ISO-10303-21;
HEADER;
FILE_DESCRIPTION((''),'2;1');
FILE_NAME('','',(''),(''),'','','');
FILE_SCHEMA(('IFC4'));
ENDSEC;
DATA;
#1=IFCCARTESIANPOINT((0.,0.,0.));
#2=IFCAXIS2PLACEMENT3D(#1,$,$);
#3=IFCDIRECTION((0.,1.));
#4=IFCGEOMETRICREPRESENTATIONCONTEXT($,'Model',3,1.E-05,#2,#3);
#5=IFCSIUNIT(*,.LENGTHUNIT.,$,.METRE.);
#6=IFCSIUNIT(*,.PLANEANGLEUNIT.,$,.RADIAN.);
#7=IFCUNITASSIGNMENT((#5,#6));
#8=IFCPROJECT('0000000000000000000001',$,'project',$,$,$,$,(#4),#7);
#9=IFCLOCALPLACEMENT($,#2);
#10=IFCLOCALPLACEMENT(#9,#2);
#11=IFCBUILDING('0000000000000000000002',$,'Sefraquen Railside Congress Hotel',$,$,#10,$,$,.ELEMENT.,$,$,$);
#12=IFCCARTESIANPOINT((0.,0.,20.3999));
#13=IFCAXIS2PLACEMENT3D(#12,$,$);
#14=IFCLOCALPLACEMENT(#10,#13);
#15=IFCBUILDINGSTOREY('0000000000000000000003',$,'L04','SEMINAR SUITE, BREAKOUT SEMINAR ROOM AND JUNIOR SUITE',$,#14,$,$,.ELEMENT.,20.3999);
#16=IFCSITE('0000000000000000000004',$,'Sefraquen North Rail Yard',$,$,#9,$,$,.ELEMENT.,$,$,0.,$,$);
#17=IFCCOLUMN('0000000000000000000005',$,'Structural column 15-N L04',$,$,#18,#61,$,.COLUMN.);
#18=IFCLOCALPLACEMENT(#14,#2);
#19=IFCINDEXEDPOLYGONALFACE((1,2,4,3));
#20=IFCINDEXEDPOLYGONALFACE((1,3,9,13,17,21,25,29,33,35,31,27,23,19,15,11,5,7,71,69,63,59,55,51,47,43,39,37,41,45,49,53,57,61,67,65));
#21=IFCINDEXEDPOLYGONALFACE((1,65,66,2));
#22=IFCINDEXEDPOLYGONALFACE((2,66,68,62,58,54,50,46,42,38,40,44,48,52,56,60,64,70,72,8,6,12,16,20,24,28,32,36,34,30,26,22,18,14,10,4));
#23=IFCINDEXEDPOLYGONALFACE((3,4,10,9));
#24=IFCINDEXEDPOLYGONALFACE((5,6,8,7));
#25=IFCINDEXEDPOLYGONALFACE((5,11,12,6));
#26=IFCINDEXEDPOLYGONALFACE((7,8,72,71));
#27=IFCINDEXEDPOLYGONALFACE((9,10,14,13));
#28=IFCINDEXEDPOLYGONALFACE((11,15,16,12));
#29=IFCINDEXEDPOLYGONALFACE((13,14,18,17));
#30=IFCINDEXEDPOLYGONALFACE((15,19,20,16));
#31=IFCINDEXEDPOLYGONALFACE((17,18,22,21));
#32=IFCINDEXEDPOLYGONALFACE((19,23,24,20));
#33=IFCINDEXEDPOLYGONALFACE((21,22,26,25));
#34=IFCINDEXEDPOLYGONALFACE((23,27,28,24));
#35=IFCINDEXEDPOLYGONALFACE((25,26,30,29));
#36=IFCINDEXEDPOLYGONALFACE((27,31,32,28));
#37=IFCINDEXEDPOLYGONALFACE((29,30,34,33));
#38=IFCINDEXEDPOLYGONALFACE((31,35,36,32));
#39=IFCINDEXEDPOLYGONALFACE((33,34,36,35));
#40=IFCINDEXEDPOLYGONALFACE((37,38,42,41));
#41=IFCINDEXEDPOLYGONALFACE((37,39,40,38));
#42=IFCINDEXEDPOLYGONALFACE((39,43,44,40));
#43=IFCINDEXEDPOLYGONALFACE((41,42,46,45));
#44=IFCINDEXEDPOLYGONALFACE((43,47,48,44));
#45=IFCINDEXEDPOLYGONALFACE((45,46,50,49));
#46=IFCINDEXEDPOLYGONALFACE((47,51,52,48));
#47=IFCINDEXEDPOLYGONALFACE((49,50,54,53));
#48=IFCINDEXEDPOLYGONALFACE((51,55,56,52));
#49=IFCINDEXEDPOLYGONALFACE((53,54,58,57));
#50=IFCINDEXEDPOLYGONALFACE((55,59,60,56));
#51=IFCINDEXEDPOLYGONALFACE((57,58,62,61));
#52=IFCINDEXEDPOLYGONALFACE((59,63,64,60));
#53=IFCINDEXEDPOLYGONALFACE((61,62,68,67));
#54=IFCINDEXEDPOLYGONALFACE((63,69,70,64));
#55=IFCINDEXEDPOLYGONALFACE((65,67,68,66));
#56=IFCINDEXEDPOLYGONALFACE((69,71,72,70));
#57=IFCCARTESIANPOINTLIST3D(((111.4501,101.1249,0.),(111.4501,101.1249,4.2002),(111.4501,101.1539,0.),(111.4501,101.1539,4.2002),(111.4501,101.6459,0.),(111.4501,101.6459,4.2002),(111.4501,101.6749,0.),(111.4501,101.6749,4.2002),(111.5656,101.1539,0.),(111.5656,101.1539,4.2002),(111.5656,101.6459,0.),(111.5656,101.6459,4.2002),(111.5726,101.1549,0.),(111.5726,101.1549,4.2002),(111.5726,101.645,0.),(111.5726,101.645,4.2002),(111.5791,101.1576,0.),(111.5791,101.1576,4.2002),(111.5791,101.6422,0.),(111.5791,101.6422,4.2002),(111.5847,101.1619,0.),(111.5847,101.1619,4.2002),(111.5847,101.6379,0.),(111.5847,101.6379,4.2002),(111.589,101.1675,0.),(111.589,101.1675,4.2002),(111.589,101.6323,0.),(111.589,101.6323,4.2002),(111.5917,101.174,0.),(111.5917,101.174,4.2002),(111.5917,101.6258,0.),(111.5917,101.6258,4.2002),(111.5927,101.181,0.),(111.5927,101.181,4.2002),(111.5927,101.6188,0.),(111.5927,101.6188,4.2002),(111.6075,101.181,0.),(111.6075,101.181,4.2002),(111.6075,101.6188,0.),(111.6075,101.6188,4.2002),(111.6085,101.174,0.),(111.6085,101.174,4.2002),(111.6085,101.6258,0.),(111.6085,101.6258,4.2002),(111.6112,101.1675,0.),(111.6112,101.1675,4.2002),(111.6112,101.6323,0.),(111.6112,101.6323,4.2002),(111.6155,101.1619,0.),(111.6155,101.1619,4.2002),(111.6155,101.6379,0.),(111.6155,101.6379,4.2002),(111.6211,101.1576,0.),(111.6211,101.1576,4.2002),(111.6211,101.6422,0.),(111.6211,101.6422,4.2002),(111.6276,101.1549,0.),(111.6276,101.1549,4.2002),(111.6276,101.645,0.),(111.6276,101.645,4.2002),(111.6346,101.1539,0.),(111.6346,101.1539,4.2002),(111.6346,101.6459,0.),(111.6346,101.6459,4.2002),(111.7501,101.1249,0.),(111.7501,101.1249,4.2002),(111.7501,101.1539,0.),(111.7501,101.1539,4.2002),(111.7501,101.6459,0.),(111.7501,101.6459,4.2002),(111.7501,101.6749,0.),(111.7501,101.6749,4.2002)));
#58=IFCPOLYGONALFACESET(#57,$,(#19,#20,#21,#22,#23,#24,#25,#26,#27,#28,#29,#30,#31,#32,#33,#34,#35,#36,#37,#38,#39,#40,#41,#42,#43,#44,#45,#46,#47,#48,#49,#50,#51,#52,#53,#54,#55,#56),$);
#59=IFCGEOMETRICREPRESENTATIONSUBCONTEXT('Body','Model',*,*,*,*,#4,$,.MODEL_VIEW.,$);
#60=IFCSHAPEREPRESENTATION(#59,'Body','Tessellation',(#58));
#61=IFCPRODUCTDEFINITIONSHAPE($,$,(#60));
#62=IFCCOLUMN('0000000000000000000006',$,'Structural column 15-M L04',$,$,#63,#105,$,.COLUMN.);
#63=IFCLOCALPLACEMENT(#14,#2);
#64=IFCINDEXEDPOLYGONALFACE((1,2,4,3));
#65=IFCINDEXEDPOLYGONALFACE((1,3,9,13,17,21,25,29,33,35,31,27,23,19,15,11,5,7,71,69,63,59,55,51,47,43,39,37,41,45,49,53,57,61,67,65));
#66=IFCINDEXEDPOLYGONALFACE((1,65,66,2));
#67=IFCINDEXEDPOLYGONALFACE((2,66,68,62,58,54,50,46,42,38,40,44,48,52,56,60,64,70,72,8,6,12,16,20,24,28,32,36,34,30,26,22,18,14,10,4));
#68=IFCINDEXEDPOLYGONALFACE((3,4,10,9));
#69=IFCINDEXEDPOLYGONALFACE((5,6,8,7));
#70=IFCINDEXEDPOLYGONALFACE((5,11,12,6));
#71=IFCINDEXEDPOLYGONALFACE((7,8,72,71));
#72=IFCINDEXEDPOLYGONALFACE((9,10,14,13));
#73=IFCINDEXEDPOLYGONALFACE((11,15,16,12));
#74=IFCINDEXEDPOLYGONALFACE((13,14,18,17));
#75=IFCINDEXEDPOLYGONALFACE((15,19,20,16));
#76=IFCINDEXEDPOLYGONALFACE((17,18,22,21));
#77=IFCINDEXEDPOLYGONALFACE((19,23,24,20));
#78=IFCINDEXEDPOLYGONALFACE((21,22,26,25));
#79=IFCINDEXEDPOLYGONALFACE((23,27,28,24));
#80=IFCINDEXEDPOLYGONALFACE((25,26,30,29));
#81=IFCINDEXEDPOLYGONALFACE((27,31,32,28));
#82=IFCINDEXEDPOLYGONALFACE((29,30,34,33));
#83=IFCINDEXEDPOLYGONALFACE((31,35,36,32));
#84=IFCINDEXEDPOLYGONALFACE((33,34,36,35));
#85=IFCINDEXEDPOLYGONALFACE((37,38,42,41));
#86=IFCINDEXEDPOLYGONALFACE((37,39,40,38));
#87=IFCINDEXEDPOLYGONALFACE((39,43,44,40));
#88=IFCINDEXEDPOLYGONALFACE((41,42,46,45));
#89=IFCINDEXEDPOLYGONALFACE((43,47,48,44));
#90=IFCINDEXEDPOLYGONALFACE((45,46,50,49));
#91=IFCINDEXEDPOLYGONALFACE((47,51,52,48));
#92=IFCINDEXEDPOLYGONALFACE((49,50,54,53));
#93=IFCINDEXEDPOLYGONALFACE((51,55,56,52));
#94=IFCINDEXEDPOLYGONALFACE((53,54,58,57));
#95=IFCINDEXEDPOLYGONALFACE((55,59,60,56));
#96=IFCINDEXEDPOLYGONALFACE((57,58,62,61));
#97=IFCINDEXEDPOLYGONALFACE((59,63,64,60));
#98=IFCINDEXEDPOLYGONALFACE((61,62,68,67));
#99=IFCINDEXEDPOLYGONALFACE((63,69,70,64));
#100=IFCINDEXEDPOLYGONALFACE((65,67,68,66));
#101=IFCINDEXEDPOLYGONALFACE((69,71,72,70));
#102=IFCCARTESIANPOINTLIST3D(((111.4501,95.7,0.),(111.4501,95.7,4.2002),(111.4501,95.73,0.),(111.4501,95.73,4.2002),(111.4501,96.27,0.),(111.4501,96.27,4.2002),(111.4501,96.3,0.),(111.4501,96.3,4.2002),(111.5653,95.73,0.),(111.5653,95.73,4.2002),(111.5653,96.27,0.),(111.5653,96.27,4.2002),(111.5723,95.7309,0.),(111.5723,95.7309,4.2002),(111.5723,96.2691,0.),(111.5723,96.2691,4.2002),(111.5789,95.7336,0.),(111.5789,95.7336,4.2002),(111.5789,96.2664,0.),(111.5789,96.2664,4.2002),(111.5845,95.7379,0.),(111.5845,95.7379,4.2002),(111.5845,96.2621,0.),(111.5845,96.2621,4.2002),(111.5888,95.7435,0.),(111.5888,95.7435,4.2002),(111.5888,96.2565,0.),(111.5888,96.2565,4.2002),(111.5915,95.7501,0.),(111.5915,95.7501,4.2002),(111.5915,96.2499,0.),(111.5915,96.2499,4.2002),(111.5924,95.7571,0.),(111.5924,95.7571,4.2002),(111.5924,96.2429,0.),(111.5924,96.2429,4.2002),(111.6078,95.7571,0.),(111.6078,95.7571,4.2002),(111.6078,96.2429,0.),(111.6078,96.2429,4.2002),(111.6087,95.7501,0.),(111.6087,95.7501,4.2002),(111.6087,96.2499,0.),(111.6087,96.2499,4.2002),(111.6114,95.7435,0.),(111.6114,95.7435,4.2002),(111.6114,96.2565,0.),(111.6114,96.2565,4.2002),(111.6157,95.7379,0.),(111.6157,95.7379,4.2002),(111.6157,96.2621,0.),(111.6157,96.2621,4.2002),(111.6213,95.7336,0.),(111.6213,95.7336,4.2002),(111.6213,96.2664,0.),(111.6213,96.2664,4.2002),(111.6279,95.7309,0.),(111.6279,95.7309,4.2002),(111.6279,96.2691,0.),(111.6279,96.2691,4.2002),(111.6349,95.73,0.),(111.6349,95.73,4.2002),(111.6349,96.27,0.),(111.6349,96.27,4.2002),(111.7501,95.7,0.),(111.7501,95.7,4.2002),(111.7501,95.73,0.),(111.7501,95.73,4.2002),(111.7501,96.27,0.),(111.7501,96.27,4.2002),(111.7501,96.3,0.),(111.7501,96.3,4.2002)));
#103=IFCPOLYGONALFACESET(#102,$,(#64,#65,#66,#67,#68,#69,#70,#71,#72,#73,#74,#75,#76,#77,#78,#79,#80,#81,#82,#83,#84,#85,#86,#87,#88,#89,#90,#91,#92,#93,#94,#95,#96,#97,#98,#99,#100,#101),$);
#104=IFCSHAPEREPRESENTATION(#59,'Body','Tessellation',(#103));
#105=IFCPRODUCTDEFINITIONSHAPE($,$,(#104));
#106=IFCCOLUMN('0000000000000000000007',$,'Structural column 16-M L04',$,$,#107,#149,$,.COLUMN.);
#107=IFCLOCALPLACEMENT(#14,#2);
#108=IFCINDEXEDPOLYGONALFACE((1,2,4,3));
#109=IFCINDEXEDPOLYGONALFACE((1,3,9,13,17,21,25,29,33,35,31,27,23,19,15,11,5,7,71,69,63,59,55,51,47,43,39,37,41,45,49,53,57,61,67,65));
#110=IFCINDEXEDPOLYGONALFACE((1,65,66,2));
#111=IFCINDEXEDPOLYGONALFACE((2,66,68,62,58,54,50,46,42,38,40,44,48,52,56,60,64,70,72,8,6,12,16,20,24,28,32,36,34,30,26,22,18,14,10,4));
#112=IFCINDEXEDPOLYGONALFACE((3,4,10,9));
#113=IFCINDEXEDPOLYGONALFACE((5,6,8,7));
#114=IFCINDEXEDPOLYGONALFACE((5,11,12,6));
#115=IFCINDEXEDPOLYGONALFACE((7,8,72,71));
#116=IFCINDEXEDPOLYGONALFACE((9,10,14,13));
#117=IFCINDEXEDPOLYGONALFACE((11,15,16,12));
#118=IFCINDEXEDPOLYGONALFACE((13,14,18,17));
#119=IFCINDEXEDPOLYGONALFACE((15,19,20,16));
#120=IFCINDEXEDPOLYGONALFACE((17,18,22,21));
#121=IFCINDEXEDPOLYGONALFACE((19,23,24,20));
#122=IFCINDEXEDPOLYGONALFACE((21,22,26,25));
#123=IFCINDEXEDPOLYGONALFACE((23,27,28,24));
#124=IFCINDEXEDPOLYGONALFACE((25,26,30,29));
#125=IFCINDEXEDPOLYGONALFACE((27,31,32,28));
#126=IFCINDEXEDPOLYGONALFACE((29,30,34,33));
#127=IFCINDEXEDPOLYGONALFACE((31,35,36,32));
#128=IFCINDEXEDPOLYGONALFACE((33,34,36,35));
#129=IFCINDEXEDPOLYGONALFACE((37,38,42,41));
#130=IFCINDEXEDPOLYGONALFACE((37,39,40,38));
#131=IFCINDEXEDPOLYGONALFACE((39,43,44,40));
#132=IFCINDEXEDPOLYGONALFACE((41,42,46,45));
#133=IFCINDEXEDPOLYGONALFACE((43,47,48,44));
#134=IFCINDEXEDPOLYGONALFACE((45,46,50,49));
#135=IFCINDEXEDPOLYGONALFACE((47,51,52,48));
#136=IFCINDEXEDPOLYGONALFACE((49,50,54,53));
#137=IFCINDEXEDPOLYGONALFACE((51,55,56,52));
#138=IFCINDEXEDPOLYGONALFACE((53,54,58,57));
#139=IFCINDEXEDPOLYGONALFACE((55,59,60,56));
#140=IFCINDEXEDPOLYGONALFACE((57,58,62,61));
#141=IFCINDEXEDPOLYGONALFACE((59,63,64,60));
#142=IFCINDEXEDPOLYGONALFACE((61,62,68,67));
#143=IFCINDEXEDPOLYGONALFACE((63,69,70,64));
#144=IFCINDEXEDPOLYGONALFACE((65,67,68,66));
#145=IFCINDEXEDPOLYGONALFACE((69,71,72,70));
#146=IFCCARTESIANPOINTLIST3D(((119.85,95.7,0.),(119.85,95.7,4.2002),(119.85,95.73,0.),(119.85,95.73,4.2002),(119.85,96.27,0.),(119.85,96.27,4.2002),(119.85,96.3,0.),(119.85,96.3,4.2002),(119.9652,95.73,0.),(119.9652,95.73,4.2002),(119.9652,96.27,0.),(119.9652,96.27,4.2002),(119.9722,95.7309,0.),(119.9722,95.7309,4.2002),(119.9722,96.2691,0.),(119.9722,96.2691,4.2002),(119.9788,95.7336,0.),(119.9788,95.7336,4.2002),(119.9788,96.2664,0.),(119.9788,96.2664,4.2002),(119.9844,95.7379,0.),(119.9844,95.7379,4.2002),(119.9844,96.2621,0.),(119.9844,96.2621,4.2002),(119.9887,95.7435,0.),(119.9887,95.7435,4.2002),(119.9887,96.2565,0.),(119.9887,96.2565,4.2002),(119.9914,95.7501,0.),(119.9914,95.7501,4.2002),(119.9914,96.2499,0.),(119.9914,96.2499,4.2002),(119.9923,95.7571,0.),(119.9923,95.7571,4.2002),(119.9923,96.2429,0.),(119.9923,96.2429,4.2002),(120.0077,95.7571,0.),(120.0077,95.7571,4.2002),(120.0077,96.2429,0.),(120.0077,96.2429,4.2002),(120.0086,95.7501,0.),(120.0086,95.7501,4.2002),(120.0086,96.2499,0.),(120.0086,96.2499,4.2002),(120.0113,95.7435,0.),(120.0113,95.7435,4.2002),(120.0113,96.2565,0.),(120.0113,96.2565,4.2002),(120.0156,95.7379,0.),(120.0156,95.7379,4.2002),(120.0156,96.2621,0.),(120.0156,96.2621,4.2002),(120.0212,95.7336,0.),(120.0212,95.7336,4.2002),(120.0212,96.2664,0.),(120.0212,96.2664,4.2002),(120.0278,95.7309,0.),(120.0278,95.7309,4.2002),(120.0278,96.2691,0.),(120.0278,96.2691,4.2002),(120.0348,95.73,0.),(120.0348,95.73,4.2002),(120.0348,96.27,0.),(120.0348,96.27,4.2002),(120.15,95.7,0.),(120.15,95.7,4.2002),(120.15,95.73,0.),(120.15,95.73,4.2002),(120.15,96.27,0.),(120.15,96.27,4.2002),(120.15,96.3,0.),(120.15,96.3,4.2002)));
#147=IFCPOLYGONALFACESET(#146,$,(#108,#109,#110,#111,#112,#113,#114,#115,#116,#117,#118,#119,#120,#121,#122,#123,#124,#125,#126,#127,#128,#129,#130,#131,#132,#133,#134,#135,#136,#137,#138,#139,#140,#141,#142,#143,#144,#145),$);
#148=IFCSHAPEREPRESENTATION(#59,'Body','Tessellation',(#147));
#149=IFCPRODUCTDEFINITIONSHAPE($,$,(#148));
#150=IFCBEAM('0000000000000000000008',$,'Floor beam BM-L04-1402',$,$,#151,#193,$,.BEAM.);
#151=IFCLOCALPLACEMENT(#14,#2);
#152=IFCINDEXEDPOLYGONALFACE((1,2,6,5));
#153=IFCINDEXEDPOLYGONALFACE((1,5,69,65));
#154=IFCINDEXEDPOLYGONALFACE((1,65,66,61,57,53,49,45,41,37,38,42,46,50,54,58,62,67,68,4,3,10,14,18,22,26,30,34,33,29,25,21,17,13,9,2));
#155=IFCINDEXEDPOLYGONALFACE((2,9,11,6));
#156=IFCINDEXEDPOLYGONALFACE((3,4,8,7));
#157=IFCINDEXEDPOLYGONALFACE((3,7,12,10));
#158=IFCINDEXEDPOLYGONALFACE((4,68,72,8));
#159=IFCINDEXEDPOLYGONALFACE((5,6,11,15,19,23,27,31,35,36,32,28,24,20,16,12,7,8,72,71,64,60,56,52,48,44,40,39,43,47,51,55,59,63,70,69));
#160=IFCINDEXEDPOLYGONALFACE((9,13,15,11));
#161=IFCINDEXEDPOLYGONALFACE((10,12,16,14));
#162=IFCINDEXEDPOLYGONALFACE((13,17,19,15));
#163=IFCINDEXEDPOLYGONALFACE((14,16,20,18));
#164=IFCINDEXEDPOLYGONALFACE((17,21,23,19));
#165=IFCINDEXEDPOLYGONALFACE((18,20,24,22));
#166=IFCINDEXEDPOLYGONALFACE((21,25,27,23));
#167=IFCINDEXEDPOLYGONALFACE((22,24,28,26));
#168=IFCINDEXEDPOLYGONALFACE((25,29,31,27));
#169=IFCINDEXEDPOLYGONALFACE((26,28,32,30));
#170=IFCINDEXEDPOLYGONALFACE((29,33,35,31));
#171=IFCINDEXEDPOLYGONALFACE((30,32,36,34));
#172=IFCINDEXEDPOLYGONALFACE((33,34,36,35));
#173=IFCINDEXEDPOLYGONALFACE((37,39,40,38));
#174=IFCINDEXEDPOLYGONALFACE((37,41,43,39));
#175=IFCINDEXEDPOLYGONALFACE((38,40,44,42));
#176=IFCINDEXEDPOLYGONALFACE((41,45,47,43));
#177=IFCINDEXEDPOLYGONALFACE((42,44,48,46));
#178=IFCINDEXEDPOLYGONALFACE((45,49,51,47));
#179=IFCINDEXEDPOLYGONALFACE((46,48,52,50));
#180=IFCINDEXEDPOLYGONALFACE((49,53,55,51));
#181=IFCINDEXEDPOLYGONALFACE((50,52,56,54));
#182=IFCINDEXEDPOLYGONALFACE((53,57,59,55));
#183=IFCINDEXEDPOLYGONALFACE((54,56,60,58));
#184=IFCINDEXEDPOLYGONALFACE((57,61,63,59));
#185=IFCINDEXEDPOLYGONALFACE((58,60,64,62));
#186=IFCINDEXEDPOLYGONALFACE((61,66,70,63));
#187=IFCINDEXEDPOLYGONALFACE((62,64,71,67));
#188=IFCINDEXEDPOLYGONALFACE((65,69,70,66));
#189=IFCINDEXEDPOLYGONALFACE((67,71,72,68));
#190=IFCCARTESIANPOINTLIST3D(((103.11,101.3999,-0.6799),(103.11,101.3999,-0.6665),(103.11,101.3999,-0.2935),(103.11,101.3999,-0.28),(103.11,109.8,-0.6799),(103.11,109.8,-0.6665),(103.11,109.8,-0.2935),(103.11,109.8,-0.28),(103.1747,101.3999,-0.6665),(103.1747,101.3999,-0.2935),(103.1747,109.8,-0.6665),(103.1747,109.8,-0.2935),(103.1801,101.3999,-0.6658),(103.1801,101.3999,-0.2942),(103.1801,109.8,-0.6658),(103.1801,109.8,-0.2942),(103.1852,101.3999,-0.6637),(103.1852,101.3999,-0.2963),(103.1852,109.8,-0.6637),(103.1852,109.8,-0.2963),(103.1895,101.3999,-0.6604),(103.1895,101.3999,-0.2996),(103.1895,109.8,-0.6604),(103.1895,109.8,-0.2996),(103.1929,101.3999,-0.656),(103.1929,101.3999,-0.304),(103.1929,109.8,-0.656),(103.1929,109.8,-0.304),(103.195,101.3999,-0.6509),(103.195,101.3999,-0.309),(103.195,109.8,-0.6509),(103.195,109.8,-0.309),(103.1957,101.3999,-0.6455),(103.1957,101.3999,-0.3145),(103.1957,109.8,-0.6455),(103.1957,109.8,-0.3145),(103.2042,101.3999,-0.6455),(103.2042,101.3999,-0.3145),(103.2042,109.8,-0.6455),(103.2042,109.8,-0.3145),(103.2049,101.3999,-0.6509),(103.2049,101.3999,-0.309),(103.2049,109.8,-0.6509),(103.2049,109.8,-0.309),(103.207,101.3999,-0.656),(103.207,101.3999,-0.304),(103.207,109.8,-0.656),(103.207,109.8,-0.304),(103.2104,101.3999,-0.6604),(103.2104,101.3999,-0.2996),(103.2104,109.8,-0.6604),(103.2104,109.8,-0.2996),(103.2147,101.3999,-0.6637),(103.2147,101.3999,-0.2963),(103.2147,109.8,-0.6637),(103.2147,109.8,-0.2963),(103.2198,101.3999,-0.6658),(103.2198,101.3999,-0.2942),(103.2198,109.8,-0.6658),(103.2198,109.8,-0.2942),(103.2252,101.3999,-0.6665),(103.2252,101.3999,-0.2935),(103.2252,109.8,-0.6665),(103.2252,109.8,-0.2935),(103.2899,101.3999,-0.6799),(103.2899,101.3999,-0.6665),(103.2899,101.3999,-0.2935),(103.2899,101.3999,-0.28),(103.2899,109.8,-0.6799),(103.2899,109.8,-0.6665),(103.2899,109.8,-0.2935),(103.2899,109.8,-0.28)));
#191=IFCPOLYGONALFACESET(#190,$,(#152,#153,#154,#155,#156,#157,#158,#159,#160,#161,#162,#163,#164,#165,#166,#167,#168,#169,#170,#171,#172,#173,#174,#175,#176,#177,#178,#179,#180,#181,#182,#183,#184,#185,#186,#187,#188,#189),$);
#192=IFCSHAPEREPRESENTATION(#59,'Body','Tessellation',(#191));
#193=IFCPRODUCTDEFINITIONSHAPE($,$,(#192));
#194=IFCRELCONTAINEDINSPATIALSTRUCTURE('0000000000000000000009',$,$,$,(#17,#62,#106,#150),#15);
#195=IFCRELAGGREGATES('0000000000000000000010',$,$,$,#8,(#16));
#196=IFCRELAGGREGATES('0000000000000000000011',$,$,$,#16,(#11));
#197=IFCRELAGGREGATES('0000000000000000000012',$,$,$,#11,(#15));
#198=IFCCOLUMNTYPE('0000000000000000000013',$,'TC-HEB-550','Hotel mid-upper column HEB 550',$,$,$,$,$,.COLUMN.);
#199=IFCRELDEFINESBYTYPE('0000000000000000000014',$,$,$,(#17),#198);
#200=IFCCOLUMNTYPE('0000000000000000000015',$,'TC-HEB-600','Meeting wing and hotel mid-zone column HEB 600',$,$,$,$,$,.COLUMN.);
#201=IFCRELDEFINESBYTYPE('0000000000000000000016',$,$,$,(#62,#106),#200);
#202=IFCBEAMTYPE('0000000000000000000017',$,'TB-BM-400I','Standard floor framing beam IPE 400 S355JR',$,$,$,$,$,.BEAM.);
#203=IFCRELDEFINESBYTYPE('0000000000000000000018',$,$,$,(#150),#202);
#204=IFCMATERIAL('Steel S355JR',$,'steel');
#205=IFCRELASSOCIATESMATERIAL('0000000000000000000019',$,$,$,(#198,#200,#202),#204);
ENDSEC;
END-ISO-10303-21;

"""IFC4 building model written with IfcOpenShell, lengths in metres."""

from ifc_helpers import new_model, si_unit, direction, frame, origin, origin_2d, place, context, subcontext, project, spatial, i_section, extrude, material, material_profile, profile_set, type_object, element, save


model = new_model("IFC4")

# Units and contexts
model_context = context("Model", 3, precision=1e-05, world=origin(), true_north=direction((0.0, 1.0)))
body_context = subcontext(model_context, "Body", "Model", "MODEL_VIEW")
ifc_project = project(units=[si_unit("LENGTHUNIT", "METRE"), si_unit("PLANEANGLEUNIT", "RADIAN")], contexts=[model_context])

# Site, building, storey
site_placement = place(None, origin())
site = spatial("IfcSite", under=ifc_project, at=site_placement, Name="Sefraquen North Rail Yard", CompositionType="ELEMENT", RefElevation=0.0)
building_placement = place(site_placement, origin())
building = spatial("IfcBuilding", under=site, at=building_placement, Name="Sefraquen Railside Congress Hotel", CompositionType="ELEMENT")
storey_placement = place(building_placement, frame((0.0, 0.0, 20.3999)))
storey = spatial("IfcBuildingStorey", under=building, at=storey_placement, Name="L04", Description="SEMINAR SUITE, BREAKOUT SEMINAR ROOM AND JUNIOR SUITE", CompositionType="ELEMENT", Elevation=20.3999)

# Columns
ifc_material_1 = material(Name="Steel S355JR", Category="steel")
ifc_material_profile_1 = material_profile(ifc_material_1, i_section(OverallWidth=0.3, OverallDepth=0.55, WebThickness=0.0149, FlangeThickness=0.0291, FilletRadius=0.0271, at=origin_2d()), Name="HEB 550")
ifc_profile_set_1 = profile_set([ifc_material_profile_1], Name="Steel S355JR")
column_type_1 = type_object("IfcColumnType", Name="TC-HEB-550", Description="Hotel mid-upper column HEB 550", PredefinedType="COLUMN", material=ifc_profile_set_1)
column_placement = place(storey_placement, frame((111.6001, 101.3999, 0.0), z_axis=(0.0, 0.0, 1.0), x_axis=(1.0, 0.0, 0.0)))
element("IfcColumn", 1, at=column_placement, inside=storey, type_object=column_type_1, Name="Structural column 15-N L04", PredefinedType="COLUMN", context=body_context, shape_type="SweptSolid", body=[
    extrude(i_section(OverallWidth=0.3, OverallDepth=0.55, WebThickness=0.0149, FlangeThickness=0.0291, FilletRadius=0.0271, at=origin_2d()), origin(), (0.0, 0.0, 1.0), 4.2002),
])
ifc_material_profile_2 = material_profile(ifc_material_1, i_section(OverallWidth=0.3, OverallDepth=0.6001, WebThickness=0.0154, FlangeThickness=0.03, FilletRadius=0.0271, at=origin_2d()), Name="HEB 600")
ifc_profile_set_2 = profile_set([ifc_material_profile_2], Name="Steel S355JR")
column_type_2 = type_object("IfcColumnType", Name="TC-HEB-600", Description="Meeting wing and hotel mid-zone column HEB 600", PredefinedType="COLUMN", material=ifc_profile_set_2)
for number, where, z_axis, x_axis, name in (
    (2, (111.6001, 96.0, 0.0), (0.0, 0.0, 1.0), (1.0, 0.0, 0.0), "Structural column 15-M L04"),
    (3, (120.0, 96.0, 0.0), (0.0, 0.0, 1.0), (1.0, 0.0, 0.0), "Structural column 16-M L04"),
):
    element("IfcColumn", number, at=place(storey_placement, frame(where, z_axis=z_axis, x_axis=x_axis)), inside=storey, type_object=column_type_2, Name=name, PredefinedType="COLUMN", context=body_context, shape_type="SweptSolid", body=[
        extrude(i_section(OverallWidth=0.3, OverallDepth=0.6001, WebThickness=0.0154, FlangeThickness=0.03, FilletRadius=0.0271, at=origin_2d()), origin(), (0.0, 0.0, 1.0), 4.2002),
    ])

# Beam
ifc_material_profile_3 = material_profile(ifc_material_1, i_section(OverallWidth=0.1799, OverallDepth=0.3999, WebThickness=0.0085, FlangeThickness=0.0134, FilletRadius=0.021, at=origin_2d()), Name="IPE 400")
ifc_profile_set_3 = profile_set([ifc_material_profile_3], Name="Steel S355JR")
beam_type_1 = type_object("IfcBeamType", Name="TB-BM-400I", Description="Standard floor framing beam IPE 400 S355JR", PredefinedType="BEAM", material=ifc_profile_set_3)
beam_1_placement = place(storey_placement, frame((103.2, 101.3999, -0.48), z_axis=(0.0, 1.0, 0.0), x_axis=(-1.0, 0.0, 0.0)))
element("IfcBeam", 4, at=beam_1_placement, inside=storey, type_object=beam_type_1, Name="Floor beam BM-L04-1402", PredefinedType="BEAM", context=body_context, shape_type="SweptSolid", body=[
    extrude(i_section(OverallWidth=0.1799, OverallDepth=0.3999, WebThickness=0.0085, FlangeThickness=0.0134, FilletRadius=0.021, at=origin_2d()), origin(), (0.0, 0.0, 1.0), 8.4001),
])

save(model, "model.ifc")
